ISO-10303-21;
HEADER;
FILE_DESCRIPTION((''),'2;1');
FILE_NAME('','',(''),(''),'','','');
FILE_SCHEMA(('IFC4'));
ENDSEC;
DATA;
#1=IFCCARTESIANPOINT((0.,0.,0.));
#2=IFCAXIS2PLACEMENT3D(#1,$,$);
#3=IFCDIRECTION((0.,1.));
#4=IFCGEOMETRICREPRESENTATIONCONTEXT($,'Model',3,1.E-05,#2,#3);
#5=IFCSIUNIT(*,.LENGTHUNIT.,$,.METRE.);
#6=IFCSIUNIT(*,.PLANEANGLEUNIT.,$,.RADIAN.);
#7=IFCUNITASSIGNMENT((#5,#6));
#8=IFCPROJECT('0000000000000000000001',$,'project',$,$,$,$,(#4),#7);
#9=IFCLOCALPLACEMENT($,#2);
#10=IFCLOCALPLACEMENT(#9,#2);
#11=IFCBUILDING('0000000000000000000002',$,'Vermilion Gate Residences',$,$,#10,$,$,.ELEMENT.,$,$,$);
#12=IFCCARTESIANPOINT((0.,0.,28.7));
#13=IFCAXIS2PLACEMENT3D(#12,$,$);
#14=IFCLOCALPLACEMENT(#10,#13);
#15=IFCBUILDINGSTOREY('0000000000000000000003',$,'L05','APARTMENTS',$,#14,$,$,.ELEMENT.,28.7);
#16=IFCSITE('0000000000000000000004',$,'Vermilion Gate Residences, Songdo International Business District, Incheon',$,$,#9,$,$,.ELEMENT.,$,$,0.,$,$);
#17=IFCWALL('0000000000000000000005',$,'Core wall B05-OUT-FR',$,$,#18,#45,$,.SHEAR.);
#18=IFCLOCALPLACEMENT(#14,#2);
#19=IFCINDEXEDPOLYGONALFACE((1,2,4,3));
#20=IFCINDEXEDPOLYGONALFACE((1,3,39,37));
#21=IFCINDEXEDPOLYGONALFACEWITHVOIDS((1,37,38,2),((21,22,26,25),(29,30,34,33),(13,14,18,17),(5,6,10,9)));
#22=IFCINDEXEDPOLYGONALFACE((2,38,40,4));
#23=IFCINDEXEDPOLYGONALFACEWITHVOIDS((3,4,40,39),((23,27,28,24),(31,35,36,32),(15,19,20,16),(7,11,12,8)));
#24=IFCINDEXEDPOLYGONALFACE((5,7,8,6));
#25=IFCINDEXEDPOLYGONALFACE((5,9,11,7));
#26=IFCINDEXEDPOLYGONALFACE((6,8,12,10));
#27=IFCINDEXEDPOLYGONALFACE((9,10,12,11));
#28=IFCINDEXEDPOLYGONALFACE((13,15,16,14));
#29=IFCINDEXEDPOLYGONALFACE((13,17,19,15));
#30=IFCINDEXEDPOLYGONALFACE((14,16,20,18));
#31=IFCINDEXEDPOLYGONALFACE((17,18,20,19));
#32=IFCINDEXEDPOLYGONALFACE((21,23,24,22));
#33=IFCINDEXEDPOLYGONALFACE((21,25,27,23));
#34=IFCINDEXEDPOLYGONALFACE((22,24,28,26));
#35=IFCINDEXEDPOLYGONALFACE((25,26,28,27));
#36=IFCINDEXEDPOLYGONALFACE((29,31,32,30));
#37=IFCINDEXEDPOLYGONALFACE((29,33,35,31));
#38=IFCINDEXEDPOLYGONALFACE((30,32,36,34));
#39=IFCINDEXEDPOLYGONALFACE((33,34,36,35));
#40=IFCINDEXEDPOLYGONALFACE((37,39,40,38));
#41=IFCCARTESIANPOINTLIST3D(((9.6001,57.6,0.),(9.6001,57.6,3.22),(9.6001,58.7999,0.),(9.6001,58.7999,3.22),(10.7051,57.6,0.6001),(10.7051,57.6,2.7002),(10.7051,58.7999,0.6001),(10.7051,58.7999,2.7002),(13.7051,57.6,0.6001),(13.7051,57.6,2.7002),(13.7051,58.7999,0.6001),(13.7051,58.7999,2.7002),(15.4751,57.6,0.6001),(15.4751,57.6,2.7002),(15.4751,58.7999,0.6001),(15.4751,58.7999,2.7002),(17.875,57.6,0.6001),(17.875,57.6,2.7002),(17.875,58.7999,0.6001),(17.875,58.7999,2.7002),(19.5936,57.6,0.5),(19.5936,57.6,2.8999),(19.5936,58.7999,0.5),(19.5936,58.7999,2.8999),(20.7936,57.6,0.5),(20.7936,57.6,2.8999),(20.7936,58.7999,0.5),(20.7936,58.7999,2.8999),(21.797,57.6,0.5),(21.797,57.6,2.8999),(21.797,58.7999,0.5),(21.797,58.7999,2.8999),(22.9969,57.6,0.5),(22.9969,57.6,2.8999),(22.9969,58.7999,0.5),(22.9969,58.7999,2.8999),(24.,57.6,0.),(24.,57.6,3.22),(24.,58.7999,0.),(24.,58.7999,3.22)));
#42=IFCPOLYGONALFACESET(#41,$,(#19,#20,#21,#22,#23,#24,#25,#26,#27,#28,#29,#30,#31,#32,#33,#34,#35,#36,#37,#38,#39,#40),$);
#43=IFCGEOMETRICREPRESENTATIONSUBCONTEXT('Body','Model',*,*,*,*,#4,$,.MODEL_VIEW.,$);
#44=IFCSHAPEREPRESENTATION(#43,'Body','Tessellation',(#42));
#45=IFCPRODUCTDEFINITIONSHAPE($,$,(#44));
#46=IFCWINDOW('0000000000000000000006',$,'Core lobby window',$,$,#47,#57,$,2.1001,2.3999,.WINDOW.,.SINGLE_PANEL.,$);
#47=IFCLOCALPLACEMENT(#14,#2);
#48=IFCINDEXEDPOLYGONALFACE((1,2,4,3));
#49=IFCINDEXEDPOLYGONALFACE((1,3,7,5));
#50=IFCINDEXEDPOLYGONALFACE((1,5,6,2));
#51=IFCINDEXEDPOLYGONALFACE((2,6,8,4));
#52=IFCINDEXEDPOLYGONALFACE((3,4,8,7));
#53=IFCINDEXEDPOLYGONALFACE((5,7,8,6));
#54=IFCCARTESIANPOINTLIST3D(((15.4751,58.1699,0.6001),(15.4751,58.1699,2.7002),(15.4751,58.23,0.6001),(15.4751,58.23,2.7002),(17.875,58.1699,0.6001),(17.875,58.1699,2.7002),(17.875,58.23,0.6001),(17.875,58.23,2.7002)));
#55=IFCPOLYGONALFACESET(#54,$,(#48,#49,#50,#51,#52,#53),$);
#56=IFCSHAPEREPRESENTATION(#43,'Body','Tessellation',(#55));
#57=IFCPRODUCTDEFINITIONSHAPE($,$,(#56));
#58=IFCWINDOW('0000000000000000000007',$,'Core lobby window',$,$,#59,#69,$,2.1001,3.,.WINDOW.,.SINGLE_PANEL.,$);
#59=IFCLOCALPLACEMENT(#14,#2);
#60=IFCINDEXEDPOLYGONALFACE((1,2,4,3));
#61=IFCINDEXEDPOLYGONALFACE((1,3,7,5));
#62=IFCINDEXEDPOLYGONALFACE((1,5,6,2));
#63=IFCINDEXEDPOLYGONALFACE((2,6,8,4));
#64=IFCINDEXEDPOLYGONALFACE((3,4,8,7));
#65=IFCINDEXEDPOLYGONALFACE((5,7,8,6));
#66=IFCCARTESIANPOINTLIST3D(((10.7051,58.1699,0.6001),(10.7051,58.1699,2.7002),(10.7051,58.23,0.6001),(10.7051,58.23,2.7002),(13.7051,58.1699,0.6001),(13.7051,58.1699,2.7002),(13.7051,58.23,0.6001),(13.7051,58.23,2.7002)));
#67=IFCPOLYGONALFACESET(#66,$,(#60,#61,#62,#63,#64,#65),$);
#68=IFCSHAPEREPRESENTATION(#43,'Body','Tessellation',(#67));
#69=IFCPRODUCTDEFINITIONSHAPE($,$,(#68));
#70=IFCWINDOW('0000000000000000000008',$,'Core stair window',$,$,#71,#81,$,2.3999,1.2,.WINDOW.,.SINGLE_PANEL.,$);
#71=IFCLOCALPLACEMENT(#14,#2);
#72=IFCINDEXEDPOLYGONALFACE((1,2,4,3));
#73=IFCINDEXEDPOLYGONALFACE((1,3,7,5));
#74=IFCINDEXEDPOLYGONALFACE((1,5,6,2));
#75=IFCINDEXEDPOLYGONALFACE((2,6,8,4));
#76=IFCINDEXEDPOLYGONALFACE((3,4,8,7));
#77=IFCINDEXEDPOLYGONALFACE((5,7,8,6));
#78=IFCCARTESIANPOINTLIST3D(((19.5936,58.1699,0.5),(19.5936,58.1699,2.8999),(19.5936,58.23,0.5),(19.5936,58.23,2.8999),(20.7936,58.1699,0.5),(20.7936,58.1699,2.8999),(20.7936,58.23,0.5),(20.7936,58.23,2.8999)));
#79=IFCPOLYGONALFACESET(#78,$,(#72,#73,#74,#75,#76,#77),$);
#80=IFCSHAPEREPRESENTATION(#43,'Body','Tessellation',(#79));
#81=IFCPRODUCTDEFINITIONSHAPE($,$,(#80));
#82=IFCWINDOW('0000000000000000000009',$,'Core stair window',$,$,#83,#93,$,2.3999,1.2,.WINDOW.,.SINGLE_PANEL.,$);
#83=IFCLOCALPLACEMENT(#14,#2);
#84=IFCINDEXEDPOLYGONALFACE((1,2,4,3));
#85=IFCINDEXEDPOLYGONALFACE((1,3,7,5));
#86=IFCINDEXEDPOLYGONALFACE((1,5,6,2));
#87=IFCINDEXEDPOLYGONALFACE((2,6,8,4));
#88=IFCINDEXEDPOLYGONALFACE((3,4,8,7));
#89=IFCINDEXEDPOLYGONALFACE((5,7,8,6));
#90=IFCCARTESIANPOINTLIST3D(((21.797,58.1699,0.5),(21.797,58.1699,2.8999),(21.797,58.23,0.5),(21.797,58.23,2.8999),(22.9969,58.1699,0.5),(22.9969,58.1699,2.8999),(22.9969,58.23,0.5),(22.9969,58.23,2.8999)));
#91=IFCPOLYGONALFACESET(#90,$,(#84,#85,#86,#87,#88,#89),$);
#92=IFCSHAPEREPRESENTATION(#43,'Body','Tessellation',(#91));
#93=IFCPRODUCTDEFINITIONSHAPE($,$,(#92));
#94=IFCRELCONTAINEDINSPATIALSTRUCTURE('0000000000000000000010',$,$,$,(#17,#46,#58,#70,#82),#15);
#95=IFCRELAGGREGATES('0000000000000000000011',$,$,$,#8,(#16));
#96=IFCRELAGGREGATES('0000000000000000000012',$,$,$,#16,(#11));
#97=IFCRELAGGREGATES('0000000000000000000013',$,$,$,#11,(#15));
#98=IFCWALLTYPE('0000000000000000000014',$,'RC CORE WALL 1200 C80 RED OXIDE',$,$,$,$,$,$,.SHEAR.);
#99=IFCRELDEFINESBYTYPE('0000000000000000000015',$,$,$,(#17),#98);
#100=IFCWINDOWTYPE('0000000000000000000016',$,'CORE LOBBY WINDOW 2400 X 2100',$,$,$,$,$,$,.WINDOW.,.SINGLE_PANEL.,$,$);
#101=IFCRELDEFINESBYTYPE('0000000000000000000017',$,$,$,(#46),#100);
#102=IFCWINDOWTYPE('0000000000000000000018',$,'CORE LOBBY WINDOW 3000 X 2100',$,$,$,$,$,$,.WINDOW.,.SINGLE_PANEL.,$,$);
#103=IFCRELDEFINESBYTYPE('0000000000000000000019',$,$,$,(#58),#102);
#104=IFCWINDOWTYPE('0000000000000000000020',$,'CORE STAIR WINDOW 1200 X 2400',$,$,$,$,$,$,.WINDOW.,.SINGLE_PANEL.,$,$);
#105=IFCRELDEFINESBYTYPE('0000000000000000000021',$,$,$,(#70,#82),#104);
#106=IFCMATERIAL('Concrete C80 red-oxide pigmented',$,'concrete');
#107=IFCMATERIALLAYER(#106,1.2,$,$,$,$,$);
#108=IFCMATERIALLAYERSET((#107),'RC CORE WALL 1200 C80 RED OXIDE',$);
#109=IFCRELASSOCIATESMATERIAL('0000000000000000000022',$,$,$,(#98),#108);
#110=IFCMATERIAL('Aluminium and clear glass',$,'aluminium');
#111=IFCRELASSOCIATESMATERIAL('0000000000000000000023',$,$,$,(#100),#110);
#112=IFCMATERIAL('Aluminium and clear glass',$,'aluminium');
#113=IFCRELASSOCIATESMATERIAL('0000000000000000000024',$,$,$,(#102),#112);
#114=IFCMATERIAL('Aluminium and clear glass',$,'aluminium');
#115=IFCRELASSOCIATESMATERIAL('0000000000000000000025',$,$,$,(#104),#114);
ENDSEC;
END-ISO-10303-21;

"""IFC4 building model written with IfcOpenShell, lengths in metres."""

from ifc_helpers import new_model, si_unit, direction, frame, frame_2d, origin, place, context, subcontext, project, spatial, rectangle, extrude, material, layer, layer_set, type_object, element, fill, save


model = new_model("IFC4")

# Units and contexts
model_context = context("Model", 3, precision=1e-05, world=origin(), true_north=direction((0.0, 1.0)))
body_context = subcontext(model_context, "Body", "Model", "MODEL_VIEW")
ifc_project = project(units=[si_unit("LENGTHUNIT", "METRE"), si_unit("PLANEANGLEUNIT", "RADIAN")], contexts=[model_context])

# Site, building, storey
site_placement = place(None, origin())
site = spatial("IfcSite", under=ifc_project, at=site_placement, Name="Vermilion Gate Residences, Songdo International Business District, Incheon", CompositionType="ELEMENT", RefElevation=0.0)
building_placement = place(site_placement, origin())
building = spatial("IfcBuilding", under=site, at=building_placement, Name="Vermilion Gate Residences", CompositionType="ELEMENT")
storey_placement = place(building_placement, frame((0.0, 0.0, 28.7)))
storey = spatial("IfcBuildingStorey", under=building, at=storey_placement, Name="L05", Description="APARTMENTS", CompositionType="ELEMENT", Elevation=28.7)

# Wall, openings, windows
ifc_material_1 = material(Name="Concrete C80 red-oxide pigmented", Category="concrete")
ifc_layer_1 = layer(ifc_material_1, 1.2)
ifc_layer_set_1 = layer_set([ifc_layer_1], Name="RC CORE WALL 1200 C80 RED OXIDE")
wall_type_1 = type_object("IfcWallType", Name="RC CORE WALL 1200 C80 RED OXIDE", PredefinedType="SHEAR", material=ifc_layer_set_1)
wall_1_placement = place(storey_placement, frame((9.6001, 58.2, 0.0), z_axis=(0.0, 0.0, 1.0), x_axis=(1.0, 0.0, 0.0)))
wall_1 = element("IfcWall", 1, at=wall_1_placement, inside=storey, type_object=wall_type_1, Name="Core wall B05-OUT-FR", PredefinedType="SHEAR", context=body_context, shape_type="SweptSolid", body=[
    extrude(rectangle(XDim=14.3999, YDim=1.2, at=frame_2d((7.2, 0.0))), origin(), (0.0, 0.0, 1.0), 3.22),
])
opening_1_placement = place(wall_1_placement, frame((1.105, 0.0, 0.6001)))
opening_1 = element("IfcOpeningElement", 2, at=opening_1_placement, cuts=wall_1, PredefinedType="OPENING", context=body_context, shape_type="SweptSolid", body=[
    extrude(rectangle(XDim=3.0, YDim=2.1001, at=frame_2d((1.5, 1.05))), frame((0.0, 0.6099, 0.0), z_axis=(0.0, -1.0, 0.0), x_axis=(1.0, 0.0, 0.0)), (0.0, 0.0, 1.0), 1.22),
])
opening_2_placement = place(wall_1_placement, frame((5.875, 0.0, 0.6001)))
opening_2 = element("IfcOpeningElement", 3, at=opening_2_placement, cuts=wall_1, PredefinedType="OPENING", context=body_context, shape_type="SweptSolid", body=[
    extrude(rectangle(XDim=2.3999, YDim=2.1001, at=frame_2d((1.2, 1.05))), frame((0.0, 0.6099, 0.0), z_axis=(0.0, -1.0, 0.0), x_axis=(1.0, 0.0, 0.0)), (0.0, 0.0, 1.0), 1.22),
])
opening_3_placement = place(wall_1_placement, frame((9.9934, 0.0, 0.5)))
opening_3 = element("IfcOpeningElement", 4, at=opening_3_placement, cuts=wall_1, PredefinedType="OPENING", context=body_context, shape_type="SweptSolid", body=[
    extrude(rectangle(XDim=1.2, YDim=2.3999, at=frame_2d((0.6001, 1.2))), frame((0.0, 0.6099, 0.0), z_axis=(0.0, -1.0, 0.0), x_axis=(1.0, 0.0, 0.0)), (0.0, 0.0, 1.0), 1.22),
])
opening_4_placement = place(wall_1_placement, frame((12.1968, 0.0, 0.5)))
opening_4 = element("IfcOpeningElement", 5, at=opening_4_placement, cuts=wall_1, PredefinedType="OPENING", context=body_context, shape_type="SweptSolid", body=[
    extrude(rectangle(XDim=1.2, YDim=2.3999, at=frame_2d((0.6001, 1.2))), frame((0.0, 0.6099, 0.0), z_axis=(0.0, -1.0, 0.0), x_axis=(1.0, 0.0, 0.0)), (0.0, 0.0, 1.0), 1.22),
])
ifc_material_2 = material(Name="Aluminium and clear glass", Category="aluminium")
window_type_1 = type_object("IfcWindowType", Name="CORE LOBBY WINDOW 2400 X 2100", PartitioningType="SINGLE_PANEL", PredefinedType="WINDOW", material=ifc_material_2)
window_1_placement = place(opening_2_placement, origin())
window_1 = element("IfcWindow", 6, at=window_1_placement, inside=storey, type_object=window_type_1, Name="Core lobby window", OverallHeight=2.1001, OverallWidth=2.3999, PartitioningType="SINGLE_PANEL", PredefinedType="WINDOW", context=body_context, shape_type="SweptSolid", body=[
    extrude(rectangle(XDim=2.3999, YDim=2.1001, at=frame_2d((1.2, 1.05))), frame((0.0, 0.03, 0.0), z_axis=(0.0, -1.0, 0.0), x_axis=(1.0, 0.0, 0.0)), (0.0, 0.0, 1.0), 0.0601),
])
fill(opening_2, window_1)
ifc_material_3 = material(Name="Aluminium and clear glass", Category="aluminium")
window_type_2 = type_object("IfcWindowType", Name="CORE LOBBY WINDOW 3000 X 2100", PartitioningType="SINGLE_PANEL", PredefinedType="WINDOW", material=ifc_material_3)
window_2_placement = place(opening_1_placement, origin())
window_2 = element("IfcWindow", 7, at=window_2_placement, inside=storey, type_object=window_type_2, Name="Core lobby window", OverallHeight=2.1001, OverallWidth=3.0, PartitioningType="SINGLE_PANEL", PredefinedType="WINDOW", context=body_context, shape_type="SweptSolid", body=[
    extrude(rectangle(XDim=3.0, YDim=2.1001, at=frame_2d((1.5, 1.05))), frame((0.0, 0.03, 0.0), z_axis=(0.0, -1.0, 0.0), x_axis=(1.0, 0.0, 0.0)), (0.0, 0.0, 1.0), 0.0601),
])
fill(opening_1, window_2)
ifc_material_4 = material(Name="Aluminium and clear glass", Category="aluminium")
window_type_3 = type_object("IfcWindowType", Name="CORE STAIR WINDOW 1200 X 2400", PartitioningType="SINGLE_PANEL", PredefinedType="WINDOW", material=ifc_material_4)
window_3_placement = place(opening_3_placement, origin())
window_3 = element("IfcWindow", 8, at=window_3_placement, inside=storey, type_object=window_type_3, Name="Core stair window", OverallHeight=2.3999, OverallWidth=1.2, PartitioningType="SINGLE_PANEL", PredefinedType="WINDOW", context=body_context, shape_type="SweptSolid", body=[
    extrude(rectangle(XDim=1.2, YDim=2.3999, at=frame_2d((0.6001, 1.2))), frame((0.0, 0.03, 0.0), z_axis=(0.0, -1.0, 0.0), x_axis=(1.0, 0.0, 0.0)), (0.0, 0.0, 1.0), 0.0601),
])
fill(opening_3, window_3)
window_4_placement = place(opening_4_placement, origin())
window_4 = element("IfcWindow", 9, at=window_4_placement, inside=storey, type_object=window_type_3, Name="Core stair window", OverallHeight=2.3999, OverallWidth=1.2, PartitioningType="SINGLE_PANEL", PredefinedType="WINDOW", context=body_context, shape_type="SweptSolid", body=[
    extrude(rectangle(XDim=1.2, YDim=2.3999, at=frame_2d((0.6001, 1.2))), frame((0.0, 0.03, 0.0), z_axis=(0.0, -1.0, 0.0), x_axis=(1.0, 0.0, 0.0)), (0.0, 0.0, 1.0), 0.0601),
])
fill(opening_4, window_4)

save(model, "model.ifc")
